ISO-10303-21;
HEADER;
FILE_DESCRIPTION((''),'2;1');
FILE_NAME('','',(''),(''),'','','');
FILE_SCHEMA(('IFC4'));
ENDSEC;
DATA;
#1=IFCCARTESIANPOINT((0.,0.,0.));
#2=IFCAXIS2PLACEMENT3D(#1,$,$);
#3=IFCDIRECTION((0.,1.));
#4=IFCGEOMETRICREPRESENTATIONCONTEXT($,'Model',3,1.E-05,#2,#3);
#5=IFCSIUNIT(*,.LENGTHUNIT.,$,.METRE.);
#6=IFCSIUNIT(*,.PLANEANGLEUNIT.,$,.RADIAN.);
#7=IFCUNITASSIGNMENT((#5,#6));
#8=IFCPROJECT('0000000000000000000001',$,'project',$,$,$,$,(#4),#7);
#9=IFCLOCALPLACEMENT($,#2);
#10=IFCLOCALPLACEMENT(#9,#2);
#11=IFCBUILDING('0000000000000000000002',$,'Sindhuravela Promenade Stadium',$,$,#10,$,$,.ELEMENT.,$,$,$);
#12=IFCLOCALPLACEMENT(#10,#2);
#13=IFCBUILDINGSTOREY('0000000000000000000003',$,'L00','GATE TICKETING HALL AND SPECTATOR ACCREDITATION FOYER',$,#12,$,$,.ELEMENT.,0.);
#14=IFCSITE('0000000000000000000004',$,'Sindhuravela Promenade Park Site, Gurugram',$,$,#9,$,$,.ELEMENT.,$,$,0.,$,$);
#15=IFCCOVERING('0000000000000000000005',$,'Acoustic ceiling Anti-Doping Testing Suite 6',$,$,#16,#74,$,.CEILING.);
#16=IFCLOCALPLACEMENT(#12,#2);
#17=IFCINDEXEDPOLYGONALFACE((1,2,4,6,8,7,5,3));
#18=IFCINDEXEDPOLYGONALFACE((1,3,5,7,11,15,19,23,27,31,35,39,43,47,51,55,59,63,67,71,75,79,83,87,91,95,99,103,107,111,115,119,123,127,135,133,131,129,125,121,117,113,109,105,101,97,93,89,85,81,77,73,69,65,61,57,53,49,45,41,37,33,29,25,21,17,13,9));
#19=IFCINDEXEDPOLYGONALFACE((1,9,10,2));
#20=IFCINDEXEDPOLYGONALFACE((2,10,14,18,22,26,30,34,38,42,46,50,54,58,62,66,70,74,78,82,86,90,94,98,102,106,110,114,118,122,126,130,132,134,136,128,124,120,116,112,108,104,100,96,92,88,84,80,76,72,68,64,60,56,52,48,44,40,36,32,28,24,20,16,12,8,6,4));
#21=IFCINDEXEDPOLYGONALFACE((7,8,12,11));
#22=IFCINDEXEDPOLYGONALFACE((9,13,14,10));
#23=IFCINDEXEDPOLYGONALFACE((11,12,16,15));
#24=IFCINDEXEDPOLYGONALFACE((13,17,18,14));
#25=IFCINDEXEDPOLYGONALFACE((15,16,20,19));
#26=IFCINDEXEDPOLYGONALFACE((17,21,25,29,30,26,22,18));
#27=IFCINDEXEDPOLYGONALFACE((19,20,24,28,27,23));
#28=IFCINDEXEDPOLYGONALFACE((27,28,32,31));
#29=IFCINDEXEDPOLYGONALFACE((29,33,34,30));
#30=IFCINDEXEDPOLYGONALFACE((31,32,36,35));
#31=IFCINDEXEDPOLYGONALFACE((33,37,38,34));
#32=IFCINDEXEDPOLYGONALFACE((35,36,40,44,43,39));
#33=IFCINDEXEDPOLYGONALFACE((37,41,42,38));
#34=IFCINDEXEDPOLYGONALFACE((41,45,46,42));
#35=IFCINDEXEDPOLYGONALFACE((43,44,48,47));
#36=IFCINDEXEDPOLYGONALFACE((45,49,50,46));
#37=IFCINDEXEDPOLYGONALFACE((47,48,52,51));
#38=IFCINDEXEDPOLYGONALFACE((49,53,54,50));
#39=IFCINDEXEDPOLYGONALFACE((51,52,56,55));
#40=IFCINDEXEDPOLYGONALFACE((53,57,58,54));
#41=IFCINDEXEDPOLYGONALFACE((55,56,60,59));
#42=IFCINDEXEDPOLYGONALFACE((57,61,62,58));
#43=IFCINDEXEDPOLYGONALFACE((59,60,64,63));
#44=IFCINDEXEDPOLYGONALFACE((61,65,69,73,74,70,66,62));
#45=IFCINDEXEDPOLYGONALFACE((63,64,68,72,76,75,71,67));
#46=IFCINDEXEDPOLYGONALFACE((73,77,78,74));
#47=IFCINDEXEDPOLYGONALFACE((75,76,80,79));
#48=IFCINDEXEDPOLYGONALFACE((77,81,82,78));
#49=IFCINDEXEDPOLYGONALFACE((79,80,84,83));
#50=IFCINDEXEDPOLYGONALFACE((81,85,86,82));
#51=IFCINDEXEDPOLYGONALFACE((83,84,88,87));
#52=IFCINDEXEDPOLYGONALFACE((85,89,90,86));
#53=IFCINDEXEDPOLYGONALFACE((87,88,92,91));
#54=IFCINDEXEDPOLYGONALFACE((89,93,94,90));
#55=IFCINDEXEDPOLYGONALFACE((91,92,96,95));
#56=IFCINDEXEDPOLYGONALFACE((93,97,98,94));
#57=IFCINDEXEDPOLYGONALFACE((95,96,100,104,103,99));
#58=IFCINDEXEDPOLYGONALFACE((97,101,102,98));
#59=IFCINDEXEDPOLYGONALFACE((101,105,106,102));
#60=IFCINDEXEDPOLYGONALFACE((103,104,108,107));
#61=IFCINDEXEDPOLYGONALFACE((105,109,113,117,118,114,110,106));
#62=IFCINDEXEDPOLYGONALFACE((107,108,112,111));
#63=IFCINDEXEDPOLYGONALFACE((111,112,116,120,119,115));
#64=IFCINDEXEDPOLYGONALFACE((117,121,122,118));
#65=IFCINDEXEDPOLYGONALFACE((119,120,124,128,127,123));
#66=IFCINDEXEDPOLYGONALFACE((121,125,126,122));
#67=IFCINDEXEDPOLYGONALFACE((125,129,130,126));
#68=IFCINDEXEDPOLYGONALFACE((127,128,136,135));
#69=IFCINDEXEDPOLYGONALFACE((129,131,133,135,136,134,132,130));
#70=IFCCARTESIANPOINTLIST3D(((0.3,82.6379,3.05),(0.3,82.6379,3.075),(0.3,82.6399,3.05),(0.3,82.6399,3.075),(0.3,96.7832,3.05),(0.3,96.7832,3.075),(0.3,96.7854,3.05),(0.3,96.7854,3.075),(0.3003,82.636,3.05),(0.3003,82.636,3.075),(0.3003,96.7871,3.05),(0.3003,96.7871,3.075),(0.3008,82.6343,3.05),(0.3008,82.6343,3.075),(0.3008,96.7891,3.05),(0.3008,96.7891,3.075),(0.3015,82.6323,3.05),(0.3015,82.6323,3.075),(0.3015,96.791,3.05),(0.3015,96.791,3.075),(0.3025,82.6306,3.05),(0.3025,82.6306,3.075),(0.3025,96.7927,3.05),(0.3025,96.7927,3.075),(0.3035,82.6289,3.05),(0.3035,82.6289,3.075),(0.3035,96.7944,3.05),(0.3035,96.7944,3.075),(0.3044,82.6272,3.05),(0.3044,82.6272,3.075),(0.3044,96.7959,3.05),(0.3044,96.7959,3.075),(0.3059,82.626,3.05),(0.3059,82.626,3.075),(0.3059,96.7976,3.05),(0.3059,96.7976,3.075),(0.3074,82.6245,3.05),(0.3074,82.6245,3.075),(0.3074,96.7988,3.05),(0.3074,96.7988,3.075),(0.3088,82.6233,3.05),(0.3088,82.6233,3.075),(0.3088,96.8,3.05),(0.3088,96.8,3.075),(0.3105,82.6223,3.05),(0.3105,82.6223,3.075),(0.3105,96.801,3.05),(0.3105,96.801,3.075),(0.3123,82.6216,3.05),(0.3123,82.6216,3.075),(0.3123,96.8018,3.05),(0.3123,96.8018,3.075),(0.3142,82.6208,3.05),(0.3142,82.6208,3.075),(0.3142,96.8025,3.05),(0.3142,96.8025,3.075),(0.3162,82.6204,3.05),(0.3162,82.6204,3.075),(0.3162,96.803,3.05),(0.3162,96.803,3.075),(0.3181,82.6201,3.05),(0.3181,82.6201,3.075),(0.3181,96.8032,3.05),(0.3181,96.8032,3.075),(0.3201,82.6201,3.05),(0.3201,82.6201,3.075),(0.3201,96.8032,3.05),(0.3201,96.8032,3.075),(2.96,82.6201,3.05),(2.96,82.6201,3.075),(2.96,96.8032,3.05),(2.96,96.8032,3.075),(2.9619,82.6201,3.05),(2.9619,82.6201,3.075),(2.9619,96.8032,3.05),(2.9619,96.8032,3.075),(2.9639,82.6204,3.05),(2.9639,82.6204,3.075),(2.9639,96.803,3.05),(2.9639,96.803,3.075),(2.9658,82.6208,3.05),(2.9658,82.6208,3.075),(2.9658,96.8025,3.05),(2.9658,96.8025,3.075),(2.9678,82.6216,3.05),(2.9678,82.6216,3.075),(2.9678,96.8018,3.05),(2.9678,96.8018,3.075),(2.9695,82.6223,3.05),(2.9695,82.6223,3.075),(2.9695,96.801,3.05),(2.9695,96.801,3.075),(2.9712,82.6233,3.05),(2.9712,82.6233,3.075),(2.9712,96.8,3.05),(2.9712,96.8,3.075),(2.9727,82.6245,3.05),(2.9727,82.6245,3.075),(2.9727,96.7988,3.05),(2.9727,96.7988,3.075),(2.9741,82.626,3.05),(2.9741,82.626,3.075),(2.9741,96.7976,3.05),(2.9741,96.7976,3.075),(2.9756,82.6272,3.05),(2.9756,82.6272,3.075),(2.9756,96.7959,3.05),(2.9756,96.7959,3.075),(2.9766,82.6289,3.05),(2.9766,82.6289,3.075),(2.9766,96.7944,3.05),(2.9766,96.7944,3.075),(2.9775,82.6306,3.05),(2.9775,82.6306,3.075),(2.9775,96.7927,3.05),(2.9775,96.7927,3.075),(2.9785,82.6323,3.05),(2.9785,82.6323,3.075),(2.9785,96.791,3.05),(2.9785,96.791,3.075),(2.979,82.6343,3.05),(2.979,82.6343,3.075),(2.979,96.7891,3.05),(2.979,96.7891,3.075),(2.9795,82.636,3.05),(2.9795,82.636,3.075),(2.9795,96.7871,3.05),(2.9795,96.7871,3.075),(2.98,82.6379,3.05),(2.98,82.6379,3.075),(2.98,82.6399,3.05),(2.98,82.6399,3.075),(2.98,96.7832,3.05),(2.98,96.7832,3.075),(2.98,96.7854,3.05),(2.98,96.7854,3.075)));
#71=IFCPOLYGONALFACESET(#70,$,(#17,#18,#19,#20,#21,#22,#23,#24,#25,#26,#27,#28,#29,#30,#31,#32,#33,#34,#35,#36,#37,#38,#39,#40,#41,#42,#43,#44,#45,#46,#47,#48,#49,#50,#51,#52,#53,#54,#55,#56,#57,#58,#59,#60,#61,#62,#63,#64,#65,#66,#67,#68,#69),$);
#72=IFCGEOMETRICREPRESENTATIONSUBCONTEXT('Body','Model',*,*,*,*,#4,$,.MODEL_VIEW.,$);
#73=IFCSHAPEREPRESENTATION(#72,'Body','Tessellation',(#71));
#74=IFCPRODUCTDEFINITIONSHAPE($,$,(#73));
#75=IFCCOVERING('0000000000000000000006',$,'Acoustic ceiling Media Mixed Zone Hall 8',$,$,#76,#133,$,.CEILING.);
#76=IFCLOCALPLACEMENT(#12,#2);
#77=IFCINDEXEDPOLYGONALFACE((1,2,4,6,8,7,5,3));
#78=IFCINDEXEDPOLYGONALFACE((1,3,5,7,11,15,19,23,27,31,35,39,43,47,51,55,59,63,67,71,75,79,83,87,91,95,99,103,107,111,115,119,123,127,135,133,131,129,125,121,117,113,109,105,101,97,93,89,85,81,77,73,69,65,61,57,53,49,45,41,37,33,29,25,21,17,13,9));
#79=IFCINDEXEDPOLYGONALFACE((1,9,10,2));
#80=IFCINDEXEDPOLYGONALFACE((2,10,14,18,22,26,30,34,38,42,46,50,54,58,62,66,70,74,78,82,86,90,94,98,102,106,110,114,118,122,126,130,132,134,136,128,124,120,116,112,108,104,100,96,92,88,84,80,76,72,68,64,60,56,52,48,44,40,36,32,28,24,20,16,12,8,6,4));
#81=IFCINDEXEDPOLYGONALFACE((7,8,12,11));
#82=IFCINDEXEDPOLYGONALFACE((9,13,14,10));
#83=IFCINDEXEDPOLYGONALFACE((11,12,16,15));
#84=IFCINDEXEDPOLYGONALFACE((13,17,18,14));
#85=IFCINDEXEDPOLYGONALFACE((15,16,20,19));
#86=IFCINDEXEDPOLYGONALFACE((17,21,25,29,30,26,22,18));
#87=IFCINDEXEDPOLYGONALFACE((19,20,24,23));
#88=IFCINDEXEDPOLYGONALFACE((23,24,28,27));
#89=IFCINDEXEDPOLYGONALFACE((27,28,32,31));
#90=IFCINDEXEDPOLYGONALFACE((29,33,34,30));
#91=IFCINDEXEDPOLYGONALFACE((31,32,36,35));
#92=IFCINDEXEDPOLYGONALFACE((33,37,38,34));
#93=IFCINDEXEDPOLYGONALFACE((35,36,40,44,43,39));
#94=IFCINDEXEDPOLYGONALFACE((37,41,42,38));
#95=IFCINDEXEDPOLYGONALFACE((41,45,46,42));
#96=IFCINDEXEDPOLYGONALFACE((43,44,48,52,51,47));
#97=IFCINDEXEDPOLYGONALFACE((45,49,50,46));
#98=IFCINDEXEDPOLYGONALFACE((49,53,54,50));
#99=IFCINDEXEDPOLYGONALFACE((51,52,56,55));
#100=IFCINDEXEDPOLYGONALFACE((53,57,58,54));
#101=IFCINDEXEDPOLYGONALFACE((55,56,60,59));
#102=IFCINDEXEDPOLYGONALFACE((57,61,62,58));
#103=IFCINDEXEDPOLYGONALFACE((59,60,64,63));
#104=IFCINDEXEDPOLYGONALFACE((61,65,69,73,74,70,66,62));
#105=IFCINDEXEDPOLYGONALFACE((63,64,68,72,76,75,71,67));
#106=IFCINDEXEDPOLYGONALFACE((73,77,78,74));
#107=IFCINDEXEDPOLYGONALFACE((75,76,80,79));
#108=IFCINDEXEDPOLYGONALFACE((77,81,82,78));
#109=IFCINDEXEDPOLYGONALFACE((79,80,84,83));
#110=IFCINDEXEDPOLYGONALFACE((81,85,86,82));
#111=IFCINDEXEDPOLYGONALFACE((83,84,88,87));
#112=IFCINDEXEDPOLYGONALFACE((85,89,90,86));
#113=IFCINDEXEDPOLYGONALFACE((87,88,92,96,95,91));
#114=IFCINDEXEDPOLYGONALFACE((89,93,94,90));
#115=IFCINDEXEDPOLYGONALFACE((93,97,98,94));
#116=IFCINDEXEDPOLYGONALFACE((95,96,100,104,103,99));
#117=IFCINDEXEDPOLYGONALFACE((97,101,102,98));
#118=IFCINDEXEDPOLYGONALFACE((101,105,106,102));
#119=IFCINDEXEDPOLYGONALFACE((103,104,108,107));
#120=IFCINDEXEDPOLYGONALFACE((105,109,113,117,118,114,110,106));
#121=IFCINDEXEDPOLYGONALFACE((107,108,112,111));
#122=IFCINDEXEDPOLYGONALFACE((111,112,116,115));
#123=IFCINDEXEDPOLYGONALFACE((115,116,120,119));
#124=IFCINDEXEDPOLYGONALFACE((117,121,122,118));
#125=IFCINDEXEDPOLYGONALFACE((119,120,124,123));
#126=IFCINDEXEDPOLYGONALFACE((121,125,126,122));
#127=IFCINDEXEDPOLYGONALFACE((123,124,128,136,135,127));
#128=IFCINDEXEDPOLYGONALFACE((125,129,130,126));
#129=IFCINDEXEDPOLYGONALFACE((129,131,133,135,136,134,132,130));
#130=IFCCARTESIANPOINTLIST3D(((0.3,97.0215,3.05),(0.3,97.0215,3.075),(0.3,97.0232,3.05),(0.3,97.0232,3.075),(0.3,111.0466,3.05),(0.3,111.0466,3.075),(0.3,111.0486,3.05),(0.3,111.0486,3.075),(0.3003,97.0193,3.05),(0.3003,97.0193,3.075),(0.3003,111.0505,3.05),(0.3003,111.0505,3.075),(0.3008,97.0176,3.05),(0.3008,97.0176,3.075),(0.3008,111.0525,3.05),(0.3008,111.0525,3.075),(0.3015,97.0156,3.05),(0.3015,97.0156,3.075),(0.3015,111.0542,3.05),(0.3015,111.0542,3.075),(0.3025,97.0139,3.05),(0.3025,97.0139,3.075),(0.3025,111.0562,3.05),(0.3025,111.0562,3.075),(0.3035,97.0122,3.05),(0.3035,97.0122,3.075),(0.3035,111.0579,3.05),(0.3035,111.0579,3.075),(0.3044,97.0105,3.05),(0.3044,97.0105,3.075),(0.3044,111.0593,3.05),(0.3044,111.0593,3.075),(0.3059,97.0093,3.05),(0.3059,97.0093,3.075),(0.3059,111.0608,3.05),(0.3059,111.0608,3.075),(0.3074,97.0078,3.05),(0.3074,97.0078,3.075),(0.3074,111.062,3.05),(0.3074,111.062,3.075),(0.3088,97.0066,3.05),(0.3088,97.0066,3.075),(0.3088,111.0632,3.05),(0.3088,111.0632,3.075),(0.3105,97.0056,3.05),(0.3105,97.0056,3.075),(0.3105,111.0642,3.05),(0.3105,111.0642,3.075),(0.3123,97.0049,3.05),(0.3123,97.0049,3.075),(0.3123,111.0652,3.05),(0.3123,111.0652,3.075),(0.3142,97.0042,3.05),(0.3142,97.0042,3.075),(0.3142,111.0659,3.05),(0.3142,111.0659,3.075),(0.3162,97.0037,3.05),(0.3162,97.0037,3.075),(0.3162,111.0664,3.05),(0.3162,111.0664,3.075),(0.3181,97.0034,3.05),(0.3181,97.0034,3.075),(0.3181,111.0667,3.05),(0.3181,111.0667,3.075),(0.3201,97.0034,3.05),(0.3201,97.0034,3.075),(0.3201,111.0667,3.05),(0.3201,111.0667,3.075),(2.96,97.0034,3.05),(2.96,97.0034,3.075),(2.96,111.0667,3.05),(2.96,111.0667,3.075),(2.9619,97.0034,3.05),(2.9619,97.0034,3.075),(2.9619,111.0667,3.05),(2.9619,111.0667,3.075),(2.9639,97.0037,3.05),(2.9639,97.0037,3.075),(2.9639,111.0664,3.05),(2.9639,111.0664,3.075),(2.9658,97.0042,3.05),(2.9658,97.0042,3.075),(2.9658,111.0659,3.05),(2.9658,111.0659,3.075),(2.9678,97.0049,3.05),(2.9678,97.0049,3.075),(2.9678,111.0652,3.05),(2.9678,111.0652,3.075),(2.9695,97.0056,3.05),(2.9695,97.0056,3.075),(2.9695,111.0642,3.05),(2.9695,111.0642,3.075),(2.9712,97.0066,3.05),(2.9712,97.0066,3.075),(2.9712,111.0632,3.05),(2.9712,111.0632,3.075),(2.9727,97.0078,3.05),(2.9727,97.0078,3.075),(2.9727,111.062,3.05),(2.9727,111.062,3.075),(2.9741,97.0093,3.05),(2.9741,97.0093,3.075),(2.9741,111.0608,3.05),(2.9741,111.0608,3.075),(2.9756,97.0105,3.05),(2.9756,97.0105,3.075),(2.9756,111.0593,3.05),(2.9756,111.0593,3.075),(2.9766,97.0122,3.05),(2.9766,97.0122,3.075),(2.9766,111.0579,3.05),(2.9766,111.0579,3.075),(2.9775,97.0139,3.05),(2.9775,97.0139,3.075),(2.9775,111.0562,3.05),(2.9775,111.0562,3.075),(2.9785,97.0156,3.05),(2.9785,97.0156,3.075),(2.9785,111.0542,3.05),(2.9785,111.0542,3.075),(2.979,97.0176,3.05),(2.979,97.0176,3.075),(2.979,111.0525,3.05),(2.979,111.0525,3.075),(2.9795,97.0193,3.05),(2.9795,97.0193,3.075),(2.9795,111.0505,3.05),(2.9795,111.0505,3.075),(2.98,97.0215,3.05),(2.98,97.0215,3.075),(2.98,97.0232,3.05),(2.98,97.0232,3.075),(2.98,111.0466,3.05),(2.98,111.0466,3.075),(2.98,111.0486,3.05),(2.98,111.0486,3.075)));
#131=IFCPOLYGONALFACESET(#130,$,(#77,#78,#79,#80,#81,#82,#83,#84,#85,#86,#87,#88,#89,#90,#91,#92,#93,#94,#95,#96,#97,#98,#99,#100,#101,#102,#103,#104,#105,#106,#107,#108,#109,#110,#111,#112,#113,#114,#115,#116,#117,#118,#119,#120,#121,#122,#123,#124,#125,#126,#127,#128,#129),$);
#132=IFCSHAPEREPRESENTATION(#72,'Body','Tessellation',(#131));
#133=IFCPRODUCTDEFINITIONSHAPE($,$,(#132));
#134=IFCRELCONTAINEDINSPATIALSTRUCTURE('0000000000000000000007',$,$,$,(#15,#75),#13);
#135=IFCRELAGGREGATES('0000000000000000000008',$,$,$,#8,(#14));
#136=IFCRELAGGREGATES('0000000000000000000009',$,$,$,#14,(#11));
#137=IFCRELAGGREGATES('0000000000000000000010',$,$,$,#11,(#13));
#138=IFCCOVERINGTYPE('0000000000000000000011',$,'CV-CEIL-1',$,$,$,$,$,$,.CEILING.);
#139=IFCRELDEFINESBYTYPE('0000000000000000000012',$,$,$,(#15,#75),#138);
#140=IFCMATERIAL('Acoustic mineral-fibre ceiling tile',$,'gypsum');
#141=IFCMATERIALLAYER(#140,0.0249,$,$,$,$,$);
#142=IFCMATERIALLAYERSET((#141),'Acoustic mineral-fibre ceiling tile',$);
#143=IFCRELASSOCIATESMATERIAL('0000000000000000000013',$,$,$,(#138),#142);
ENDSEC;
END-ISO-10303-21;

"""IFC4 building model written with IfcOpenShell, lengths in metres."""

from ifc_helpers import new_model, si_unit, direction, frame, origin, place, context, subcontext, project, spatial, polyline, outline, extrude, material, layer, layer_set, type_object, element, save


model = new_model("IFC4")

# Units and contexts
model_context = context("Model", 3, precision=1e-05, world=origin(), true_north=direction((0.0, 1.0)))
body_context = subcontext(model_context, "Body", "Model", "MODEL_VIEW")
ifc_project = project(units=[si_unit("LENGTHUNIT", "METRE"), si_unit("PLANEANGLEUNIT", "RADIAN")], contexts=[model_context])

# Site, building, storey
site_placement = place(None, origin())
site = spatial("IfcSite", under=ifc_project, at=site_placement, Name="Sindhuravela Promenade Park Site, Gurugram", CompositionType="ELEMENT", RefElevation=0.0)
building_placement = place(site_placement, origin())
building = spatial("IfcBuilding", under=site, at=building_placement, Name="Sindhuravela Promenade Stadium", CompositionType="ELEMENT")
storey_placement = place(building_placement, origin())
storey = spatial("IfcBuildingStorey", under=building, at=storey_placement, Name="L00", Description="GATE TICKETING HALL AND SPECTATOR ACCREDITATION FOYER", CompositionType="ELEMENT", Elevation=0.0)

# Coverings
ifc_material = material(Name="Acoustic mineral-fibre ceiling tile", Category="gypsum")
ifc_layer_1 = layer(ifc_material, 0.0249)
ifc_layer_set_1 = layer_set([ifc_layer_1], Name="Acoustic mineral-fibre ceiling tile")
covering_type_1 = type_object("IfcCoveringType", Name="CV-CEIL-1", PredefinedType="CEILING", material=ifc_layer_set_1)
covering_1_placement = place(storey_placement, frame((0.0, 0.0, 3.05)))
element("IfcCovering", 1, at=covering_1_placement, inside=storey, type_object=covering_type_1, Name="Acoustic ceiling Anti-Doping Testing Suite 6", PredefinedType="CEILING", context=body_context, shape_type="SweptSolid", body=[
    extrude(outline(polyline([(2.98, 82.6399), (2.98, 82.6379), (2.9795, 82.636), (2.979, 82.6343), (2.9785, 82.6323), (2.9775, 82.6306), (2.9766, 82.6289), (2.9756, 82.6272), (2.9741, 82.626), (2.9727, 82.6245), (2.9712, 82.6233), (2.9695, 82.6223), (2.9678, 82.6216), (2.9658, 82.6208), (2.9639, 82.6204), (2.9619, 82.6201), (2.96, 82.6201), (0.3201, 82.6201), (0.3181, 82.6201), (0.3162, 82.6204), (0.3142, 82.6208), (0.3123, 82.6216), (0.3105, 82.6223), (0.3088, 82.6233), (0.3074, 82.6245), (0.3059, 82.626), (0.3044, 82.6272), (0.3035, 82.6289), (0.3025, 82.6306), (0.3015, 82.6323), (0.3008, 82.6343), (0.3003, 82.636), (0.3, 82.6379), (0.3, 82.6399), (0.3, 96.7832), (0.3, 96.7854), (0.3003, 96.7871), (0.3008, 96.7891), (0.3015, 96.791), (0.3025, 96.7927), (0.3035, 96.7944), (0.3044, 96.7959), (0.3059, 96.7976), (0.3074, 96.7988), (0.3088, 96.8), (0.3105, 96.801), (0.3123, 96.8018), (0.3142, 96.8025), (0.3162, 96.803), (0.3181, 96.8032), (0.3201, 96.8032), (2.96, 96.8032), (2.9619, 96.8032), (2.9639, 96.803), (2.9658, 96.8025), (2.9678, 96.8018), (2.9695, 96.801), (2.9712, 96.8), (2.9727, 96.7988), (2.9741, 96.7976), (2.9756, 96.7959), (2.9766, 96.7944), (2.9775, 96.7927), (2.9785, 96.791), (2.979, 96.7891), (2.9795, 96.7871), (2.98, 96.7854), (2.98, 96.7832), (2.98, 82.6399)])), origin(), (0.0, 0.0, 1.0), 0.0249),
])
covering_2_placement = place(storey_placement, frame((0.0, 0.0, 3.05)))
element("IfcCovering", 2, at=covering_2_placement, inside=storey, type_object=covering_type_1, Name="Acoustic ceiling Media Mixed Zone Hall 8", PredefinedType="CEILING", context=body_context, shape_type="SweptSolid", body=[
    extrude(outline(polyline([(2.98, 97.0232), (2.98, 97.0215), (2.9795, 97.0193), (2.979, 97.0176), (2.9785, 97.0156), (2.9775, 97.0139), (2.9766, 97.0122), (2.9756, 97.0105), (2.9741, 97.0093), (2.9727, 97.0078), (2.9712, 97.0066), (2.9695, 97.0056), (2.9678, 97.0049), (2.9658, 97.0042), (2.9639, 97.0037), (2.9619, 97.0034), (2.96, 97.0034), (0.3201, 97.0034), (0.3181, 97.0034), (0.3162, 97.0037), (0.3142, 97.0042), (0.3123, 97.0049), (0.3105, 97.0056), (0.3088, 97.0066), (0.3074, 97.0078), (0.3059, 97.0093), (0.3044, 97.0105), (0.3035, 97.0122), (0.3025, 97.0139), (0.3015, 97.0156), (0.3008, 97.0176), (0.3003, 97.0193), (0.3, 97.0215), (0.3, 97.0232), (0.3, 111.0466), (0.3, 111.0486), (0.3003, 111.0505), (0.3008, 111.0525), (0.3015, 111.0542), (0.3025, 111.0562), (0.3035, 111.0579), (0.3044, 111.0593), (0.3059, 111.0608), (0.3074, 111.062), (0.3088, 111.0632), (0.3105, 111.0642), (0.3123, 111.0652), (0.3142, 111.0659), (0.3162, 111.0664), (0.3181, 111.0667), (0.3201, 111.0667), (2.96, 111.0667), (2.9619, 111.0667), (2.9639, 111.0664), (2.9658, 111.0659), (2.9678, 111.0652), (2.9695, 111.0642), (2.9712, 111.0632), (2.9727, 111.062), (2.9741, 111.0608), (2.9756, 111.0593), (2.9766, 111.0579), (2.9775, 111.0562), (2.9785, 111.0542), (2.979, 111.0525), (2.9795, 111.0505), (2.98, 111.0486), (2.98, 111.0466), (2.98, 97.0232)])), origin(), (0.0, 0.0, 1.0), 0.0249),
])

save(model, "model.ifc")
